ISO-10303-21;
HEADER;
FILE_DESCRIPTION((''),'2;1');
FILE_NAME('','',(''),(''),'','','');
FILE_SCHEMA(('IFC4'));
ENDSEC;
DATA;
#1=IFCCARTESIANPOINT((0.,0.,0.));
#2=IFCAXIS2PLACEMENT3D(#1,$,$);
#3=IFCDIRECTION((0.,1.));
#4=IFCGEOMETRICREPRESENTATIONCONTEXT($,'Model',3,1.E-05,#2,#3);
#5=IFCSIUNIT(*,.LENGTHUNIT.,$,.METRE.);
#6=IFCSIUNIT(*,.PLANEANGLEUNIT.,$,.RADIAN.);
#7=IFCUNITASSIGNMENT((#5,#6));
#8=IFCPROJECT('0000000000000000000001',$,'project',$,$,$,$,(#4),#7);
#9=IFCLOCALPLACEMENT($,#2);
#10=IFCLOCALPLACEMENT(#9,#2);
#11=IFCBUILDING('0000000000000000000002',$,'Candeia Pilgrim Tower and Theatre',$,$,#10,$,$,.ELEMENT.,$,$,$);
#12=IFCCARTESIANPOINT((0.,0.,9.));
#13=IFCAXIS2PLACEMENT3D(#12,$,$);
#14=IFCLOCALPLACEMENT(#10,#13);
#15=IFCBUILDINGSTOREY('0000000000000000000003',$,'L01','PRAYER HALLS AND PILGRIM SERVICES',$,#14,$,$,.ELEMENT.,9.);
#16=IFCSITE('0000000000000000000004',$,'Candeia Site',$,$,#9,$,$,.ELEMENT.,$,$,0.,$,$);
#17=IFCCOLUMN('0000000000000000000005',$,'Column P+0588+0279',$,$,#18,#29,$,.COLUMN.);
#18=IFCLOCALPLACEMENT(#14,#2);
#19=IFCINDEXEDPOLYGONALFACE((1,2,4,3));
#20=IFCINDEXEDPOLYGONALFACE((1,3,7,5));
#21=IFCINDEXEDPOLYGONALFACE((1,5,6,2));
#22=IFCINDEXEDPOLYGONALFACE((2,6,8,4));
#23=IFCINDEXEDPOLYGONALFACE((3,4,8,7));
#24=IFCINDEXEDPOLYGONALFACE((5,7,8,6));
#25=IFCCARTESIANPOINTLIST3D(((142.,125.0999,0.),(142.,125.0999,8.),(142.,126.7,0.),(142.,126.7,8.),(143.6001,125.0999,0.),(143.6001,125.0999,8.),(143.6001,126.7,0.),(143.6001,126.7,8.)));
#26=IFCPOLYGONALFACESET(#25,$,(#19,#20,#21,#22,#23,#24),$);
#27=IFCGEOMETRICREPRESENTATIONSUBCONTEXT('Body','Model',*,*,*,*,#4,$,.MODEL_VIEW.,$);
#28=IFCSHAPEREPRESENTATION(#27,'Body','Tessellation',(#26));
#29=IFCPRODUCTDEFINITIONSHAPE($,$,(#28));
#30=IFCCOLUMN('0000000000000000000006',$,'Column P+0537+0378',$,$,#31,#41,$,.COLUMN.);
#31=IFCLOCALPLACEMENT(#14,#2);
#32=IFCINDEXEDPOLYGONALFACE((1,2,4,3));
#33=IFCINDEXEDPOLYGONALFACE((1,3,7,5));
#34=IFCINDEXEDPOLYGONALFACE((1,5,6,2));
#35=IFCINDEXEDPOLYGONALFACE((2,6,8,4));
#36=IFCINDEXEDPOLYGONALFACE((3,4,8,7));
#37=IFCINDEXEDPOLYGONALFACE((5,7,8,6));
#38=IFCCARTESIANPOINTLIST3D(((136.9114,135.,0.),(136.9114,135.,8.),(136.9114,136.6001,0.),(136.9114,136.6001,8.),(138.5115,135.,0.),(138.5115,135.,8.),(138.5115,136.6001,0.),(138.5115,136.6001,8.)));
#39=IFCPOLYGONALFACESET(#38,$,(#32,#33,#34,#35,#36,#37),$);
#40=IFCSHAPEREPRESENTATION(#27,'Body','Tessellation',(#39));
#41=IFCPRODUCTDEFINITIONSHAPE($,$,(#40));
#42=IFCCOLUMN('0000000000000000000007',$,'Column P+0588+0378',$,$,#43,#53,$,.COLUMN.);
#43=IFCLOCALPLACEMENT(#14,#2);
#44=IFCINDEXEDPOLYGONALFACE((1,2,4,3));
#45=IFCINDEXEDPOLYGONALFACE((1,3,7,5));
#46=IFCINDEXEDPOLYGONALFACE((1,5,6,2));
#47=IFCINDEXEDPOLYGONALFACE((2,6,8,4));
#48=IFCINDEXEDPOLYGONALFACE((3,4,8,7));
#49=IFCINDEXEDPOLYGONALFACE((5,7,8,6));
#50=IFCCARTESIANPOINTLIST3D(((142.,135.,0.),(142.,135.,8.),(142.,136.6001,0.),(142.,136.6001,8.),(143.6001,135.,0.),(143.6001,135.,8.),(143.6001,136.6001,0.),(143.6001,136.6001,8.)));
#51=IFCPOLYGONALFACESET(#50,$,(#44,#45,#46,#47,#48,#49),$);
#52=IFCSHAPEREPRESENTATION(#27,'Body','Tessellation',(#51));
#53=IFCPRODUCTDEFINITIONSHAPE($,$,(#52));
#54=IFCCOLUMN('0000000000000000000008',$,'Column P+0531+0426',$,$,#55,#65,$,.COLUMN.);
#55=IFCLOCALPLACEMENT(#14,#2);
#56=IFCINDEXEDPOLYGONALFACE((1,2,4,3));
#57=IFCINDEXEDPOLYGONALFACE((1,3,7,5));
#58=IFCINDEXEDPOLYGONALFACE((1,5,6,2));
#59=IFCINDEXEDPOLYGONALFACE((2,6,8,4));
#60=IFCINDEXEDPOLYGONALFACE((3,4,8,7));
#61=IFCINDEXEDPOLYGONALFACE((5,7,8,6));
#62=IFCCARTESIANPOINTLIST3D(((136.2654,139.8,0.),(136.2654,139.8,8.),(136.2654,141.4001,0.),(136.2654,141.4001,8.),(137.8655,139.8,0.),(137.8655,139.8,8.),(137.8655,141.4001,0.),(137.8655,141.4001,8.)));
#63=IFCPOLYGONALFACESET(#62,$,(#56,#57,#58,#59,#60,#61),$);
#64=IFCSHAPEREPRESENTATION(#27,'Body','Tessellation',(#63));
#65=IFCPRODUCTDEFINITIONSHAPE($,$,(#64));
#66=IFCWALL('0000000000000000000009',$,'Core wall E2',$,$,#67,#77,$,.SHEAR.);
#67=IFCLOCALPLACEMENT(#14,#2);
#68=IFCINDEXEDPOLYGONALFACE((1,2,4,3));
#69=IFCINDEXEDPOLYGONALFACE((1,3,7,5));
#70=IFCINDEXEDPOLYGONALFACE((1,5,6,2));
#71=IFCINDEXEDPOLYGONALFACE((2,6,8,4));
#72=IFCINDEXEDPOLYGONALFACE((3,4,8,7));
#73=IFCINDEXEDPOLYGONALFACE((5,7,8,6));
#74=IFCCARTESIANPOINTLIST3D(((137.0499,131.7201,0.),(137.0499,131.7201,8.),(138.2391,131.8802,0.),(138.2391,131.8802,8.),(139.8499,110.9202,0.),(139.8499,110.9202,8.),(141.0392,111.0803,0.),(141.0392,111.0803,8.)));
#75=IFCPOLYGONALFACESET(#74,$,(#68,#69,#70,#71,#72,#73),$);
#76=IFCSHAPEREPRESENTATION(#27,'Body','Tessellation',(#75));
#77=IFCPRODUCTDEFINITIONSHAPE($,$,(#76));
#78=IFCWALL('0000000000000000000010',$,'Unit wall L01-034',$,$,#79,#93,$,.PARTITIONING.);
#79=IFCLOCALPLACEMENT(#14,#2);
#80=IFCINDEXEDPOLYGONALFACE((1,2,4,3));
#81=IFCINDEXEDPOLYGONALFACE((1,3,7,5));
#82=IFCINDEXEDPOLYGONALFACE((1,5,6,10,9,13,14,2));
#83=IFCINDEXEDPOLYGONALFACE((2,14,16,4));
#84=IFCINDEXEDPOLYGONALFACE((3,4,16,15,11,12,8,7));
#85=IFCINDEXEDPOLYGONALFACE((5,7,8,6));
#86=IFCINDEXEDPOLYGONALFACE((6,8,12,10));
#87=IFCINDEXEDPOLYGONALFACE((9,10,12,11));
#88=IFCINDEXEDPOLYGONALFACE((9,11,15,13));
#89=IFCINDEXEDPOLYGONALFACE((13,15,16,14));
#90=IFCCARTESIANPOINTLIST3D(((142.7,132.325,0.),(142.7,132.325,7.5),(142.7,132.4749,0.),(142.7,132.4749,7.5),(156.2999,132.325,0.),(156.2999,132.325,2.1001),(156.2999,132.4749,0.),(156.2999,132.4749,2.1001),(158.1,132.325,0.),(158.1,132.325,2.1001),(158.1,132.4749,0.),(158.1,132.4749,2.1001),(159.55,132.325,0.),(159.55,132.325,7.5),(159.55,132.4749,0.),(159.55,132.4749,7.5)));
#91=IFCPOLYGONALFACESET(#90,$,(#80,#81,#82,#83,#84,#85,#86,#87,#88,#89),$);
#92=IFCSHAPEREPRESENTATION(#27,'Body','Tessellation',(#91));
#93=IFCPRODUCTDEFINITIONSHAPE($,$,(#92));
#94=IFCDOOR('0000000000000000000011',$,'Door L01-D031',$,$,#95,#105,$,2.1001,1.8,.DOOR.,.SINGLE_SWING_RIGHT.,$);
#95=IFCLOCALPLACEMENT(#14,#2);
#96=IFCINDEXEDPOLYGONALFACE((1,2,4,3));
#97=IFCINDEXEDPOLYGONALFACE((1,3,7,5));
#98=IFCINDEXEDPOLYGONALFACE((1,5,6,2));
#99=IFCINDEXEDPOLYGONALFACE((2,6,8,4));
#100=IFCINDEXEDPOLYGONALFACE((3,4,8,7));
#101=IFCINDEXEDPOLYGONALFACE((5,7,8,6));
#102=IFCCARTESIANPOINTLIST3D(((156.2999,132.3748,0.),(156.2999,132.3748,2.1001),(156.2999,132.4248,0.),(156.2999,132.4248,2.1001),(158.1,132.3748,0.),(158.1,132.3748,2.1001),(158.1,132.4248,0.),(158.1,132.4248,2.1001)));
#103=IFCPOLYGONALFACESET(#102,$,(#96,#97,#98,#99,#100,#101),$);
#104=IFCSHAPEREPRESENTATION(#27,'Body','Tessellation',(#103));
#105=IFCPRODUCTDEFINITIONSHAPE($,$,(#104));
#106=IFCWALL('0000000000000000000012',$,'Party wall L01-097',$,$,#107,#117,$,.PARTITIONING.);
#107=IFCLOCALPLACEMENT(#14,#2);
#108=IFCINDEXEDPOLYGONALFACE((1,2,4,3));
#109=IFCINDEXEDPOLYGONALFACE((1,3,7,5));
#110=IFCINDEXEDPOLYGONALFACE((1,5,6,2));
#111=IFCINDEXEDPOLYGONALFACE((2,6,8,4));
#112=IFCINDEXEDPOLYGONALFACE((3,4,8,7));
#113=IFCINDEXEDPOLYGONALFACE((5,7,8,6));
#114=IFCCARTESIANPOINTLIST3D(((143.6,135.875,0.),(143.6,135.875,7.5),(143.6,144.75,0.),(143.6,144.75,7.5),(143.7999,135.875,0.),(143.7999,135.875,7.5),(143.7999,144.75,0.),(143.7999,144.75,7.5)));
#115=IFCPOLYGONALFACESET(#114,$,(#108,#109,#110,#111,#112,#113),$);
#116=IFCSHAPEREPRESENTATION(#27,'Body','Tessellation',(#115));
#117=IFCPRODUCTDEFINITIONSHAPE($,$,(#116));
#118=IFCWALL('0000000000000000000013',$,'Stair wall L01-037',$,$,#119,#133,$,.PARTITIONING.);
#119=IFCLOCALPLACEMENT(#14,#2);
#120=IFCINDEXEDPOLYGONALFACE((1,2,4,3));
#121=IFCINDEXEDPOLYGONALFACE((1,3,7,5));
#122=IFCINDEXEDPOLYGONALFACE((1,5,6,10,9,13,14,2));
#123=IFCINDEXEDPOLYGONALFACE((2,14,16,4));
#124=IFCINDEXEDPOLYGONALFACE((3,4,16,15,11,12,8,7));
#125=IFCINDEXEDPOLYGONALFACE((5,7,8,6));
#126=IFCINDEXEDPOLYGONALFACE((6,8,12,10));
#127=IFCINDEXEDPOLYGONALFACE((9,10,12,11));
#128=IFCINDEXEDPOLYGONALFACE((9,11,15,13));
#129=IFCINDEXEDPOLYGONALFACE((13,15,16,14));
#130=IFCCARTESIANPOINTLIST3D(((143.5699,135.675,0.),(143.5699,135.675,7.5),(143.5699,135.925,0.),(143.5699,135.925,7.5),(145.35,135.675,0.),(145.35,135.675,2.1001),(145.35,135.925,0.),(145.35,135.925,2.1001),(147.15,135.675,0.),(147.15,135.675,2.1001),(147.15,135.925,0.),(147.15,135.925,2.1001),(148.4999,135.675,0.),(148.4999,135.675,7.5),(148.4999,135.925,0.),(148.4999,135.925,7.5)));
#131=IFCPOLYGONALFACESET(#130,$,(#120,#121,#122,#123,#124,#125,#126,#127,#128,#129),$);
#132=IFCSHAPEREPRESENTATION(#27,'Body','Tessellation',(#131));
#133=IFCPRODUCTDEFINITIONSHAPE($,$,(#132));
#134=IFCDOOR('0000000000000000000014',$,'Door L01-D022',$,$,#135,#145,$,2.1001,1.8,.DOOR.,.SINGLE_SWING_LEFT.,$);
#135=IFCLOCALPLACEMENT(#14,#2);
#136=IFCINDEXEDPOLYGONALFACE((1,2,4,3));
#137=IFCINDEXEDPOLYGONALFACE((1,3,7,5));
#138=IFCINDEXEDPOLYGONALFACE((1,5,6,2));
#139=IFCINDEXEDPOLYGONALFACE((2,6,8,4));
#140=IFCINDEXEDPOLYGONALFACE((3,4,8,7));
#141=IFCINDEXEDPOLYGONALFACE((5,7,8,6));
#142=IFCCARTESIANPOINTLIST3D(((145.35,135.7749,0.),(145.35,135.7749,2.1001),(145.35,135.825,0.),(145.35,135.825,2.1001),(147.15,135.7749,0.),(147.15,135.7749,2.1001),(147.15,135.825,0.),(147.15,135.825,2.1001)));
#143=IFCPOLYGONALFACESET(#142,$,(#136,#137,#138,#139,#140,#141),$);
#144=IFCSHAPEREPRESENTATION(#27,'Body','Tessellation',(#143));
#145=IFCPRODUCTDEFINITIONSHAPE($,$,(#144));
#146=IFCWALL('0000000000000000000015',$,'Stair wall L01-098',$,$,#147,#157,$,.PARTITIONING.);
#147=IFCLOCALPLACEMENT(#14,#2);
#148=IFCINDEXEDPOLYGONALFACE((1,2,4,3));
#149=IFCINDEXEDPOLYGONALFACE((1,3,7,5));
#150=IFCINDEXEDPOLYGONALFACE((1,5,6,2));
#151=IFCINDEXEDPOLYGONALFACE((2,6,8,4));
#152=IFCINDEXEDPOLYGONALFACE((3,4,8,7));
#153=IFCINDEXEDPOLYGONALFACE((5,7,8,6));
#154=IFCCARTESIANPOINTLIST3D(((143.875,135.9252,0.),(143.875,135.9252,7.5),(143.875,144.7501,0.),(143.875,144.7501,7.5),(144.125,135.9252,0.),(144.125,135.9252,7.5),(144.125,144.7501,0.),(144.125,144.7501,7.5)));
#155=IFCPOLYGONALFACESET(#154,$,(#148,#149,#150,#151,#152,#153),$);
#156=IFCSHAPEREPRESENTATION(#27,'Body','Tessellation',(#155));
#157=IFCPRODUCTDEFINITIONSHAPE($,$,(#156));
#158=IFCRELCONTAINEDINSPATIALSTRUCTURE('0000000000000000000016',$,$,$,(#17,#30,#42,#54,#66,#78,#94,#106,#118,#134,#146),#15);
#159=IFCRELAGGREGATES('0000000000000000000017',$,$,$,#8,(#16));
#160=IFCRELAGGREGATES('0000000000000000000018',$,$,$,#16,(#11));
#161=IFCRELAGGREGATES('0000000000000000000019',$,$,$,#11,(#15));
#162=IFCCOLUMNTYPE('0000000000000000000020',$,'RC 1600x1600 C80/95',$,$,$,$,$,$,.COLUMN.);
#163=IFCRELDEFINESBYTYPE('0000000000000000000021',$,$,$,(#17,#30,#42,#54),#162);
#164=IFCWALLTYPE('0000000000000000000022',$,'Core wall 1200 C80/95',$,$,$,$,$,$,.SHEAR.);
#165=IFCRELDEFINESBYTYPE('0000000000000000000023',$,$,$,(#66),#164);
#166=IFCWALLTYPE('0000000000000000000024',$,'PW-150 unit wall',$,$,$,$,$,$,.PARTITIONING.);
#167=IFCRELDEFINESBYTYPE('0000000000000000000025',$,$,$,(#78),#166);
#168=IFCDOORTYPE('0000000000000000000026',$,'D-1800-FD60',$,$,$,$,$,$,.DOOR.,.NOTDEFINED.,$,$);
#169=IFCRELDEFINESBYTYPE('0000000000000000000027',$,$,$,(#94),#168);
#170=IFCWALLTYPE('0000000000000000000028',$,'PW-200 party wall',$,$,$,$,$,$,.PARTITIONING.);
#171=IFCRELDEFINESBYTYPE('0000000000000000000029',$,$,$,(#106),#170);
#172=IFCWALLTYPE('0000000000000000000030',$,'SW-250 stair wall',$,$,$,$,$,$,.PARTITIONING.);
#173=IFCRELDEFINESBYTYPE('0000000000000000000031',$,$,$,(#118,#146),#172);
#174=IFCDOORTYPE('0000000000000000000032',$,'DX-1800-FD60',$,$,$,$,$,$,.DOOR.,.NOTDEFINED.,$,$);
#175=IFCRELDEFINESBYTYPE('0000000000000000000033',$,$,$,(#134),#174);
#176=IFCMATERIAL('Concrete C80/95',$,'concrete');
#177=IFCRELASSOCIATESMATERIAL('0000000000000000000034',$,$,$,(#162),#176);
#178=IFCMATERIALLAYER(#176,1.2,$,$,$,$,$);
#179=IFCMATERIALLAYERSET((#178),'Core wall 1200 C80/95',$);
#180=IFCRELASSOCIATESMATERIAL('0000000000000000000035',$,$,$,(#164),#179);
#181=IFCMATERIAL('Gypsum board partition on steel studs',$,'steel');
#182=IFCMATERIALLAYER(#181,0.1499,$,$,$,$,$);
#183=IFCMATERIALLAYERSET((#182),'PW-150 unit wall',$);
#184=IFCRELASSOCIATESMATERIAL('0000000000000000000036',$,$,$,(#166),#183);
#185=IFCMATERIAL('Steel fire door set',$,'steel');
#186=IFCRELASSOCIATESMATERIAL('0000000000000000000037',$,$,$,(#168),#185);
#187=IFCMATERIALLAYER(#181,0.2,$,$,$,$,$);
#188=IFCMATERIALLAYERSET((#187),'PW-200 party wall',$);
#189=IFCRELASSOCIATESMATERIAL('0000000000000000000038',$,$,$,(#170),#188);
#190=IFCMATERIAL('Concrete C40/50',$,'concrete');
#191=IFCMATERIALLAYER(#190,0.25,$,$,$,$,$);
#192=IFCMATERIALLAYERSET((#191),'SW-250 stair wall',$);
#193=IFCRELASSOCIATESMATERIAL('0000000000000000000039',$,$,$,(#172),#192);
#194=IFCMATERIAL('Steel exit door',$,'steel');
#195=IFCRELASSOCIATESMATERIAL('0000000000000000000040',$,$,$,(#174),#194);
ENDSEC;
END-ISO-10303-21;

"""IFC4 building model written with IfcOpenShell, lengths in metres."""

from ifc_helpers import new_model, si_unit, direction, frame, frame_2d, origin, origin_2d, place, context, subcontext, project, spatial, rectangle, extrude, material, layer, layer_set, material_profile, profile_set, type_object, element, fill, save


model = new_model("IFC4")

# Units and contexts
model_context = context("Model", 3, precision=1e-05, world=origin(), true_north=direction((0.0, 1.0)))
body_context = subcontext(model_context, "Body", "Model", "MODEL_VIEW")
ifc_project = project(units=[si_unit("LENGTHUNIT", "METRE"), si_unit("PLANEANGLEUNIT", "RADIAN")], contexts=[model_context])

# Site, building, storey
site_placement = place(None, origin())
site = spatial("IfcSite", under=ifc_project, at=site_placement, Name="Candeia Site", CompositionType="ELEMENT", RefElevation=0.0)
building_placement = place(site_placement, origin())
building = spatial("IfcBuilding", under=site, at=building_placement, Name="Candeia Pilgrim Tower and Theatre", CompositionType="ELEMENT")
storey_placement = place(building_placement, frame((0.0, 0.0, 9.0)))
storey = spatial("IfcBuildingStorey", under=building, at=storey_placement, Name="L01", Description="PRAYER HALLS AND PILGRIM SERVICES", CompositionType="ELEMENT", Elevation=9.0)

# Columns
ifc_material_1 = material(Name="Concrete C80/95", Category="concrete")
ifc_material_profile = material_profile(ifc_material_1, rectangle(XDim=1.6001, YDim=1.6001, at=origin_2d()))
ifc_profile_set = profile_set([ifc_material_profile], Name="Concrete C80/95")
column_type = type_object("IfcColumnType", Name="RC 1600x1600 C80/95", PredefinedType="COLUMN", material=ifc_profile_set)
for number, where, z_axis, x_axis, name in (
    (1, (142.8, 125.8999, 0.0), (0.0, 0.0, 1.0), (1.0, 0.0, 0.0), "Column P+0588+0279"),
    (2, (137.7114, 135.8, 0.0), (0.0, 0.0, 1.0), (1.0, 0.0, 0.0), "Column P+0537+0378"),
    (3, (142.8, 135.8, 0.0), (0.0, 0.0, 1.0), (1.0, 0.0, 0.0), "Column P+0588+0378"),
    (4, (137.0654, 140.6001, 0.0), (0.0, 0.0, 1.0), (1.0, 0.0, 0.0), "Column P+0531+0426"),
):
    element("IfcColumn", number, at=place(storey_placement, frame(where, z_axis=z_axis, x_axis=x_axis)), inside=storey, type_object=column_type, Name=name, PredefinedType="COLUMN", context=body_context, shape_type="SweptSolid", body=[
        extrude(rectangle(XDim=1.6001, YDim=1.6001, at=origin_2d()), origin(), (0.0, 0.0, 1.0), 8.0),
    ])

# Wall
ifc_layer_1 = layer(ifc_material_1, 1.2)
ifc_layer_set_1 = layer_set([ifc_layer_1], Name="Core wall 1200 C80/95")
wall_type_1 = type_object("IfcWallType", Name="Core wall 1200 C80/95", PredefinedType="SHEAR", material=ifc_layer_set_1)
wall_1_placement = place(storey_placement, frame((137.6445, 131.8, 0.0), z_axis=(0.0, 0.0, 1.0), x_axis=(0.133414, -0.99106, 0.0)))
element("IfcWall", 5, at=wall_1_placement, inside=storey, type_object=wall_type_1, Name="Core wall E2", PredefinedType="SHEAR", context=body_context, shape_type="SweptSolid", body=[
    extrude(rectangle(XDim=20.9875, YDim=1.2, at=frame_2d((10.4937, 0.0))), origin(), (0.0, 0.0, 1.0), 8.0),
])

# Wall, opening, door
ifc_material_2 = material(Name="Gypsum board partition on steel studs", Category="steel")
ifc_layer_2 = layer(ifc_material_2, 0.1499)
ifc_layer_set_2 = layer_set([ifc_layer_2], Name="PW-150 unit wall")
wall_type_2 = type_object("IfcWallType", Name="PW-150 unit wall", PredefinedType="PARTITIONING", material=ifc_layer_set_2)
wall_2_placement = place(storey_placement, frame((142.7, 132.3999, 0.0), z_axis=(0.0, 0.0, 1.0), x_axis=(1.0, 0.0, 0.0)))
wall_2 = element("IfcWall", 6, at=wall_2_placement, inside=storey, type_object=wall_type_2, Name="Unit wall L01-034", PredefinedType="PARTITIONING", context=body_context, shape_type="SweptSolid", body=[
    extrude(rectangle(XDim=16.8501, YDim=0.1499, at=frame_2d((8.425, 0.0))), origin(), (0.0, 0.0, 1.0), 7.5),
])
opening_1_placement = place(wall_2_placement, frame((13.6001, 0.0, 0.0)))
opening_1 = element("IfcOpeningElement", 7, at=opening_1_placement, cuts=wall_2, PredefinedType="OPENING", context=body_context, shape_type="SweptSolid", body=[
    extrude(rectangle(XDim=1.8, YDim=2.1001, at=frame_2d((0.8999, 1.05))), frame((0.0, 0.085, 0.0), z_axis=(0.0, -1.0, 0.0), x_axis=(1.0, 0.0, 0.0)), (0.0, 0.0, 1.0), 0.1699),
])
ifc_material_3 = material(Name="Steel fire door set", Category="steel")
door_type_1 = type_object("IfcDoorType", Name="D-1800-FD60", OperationType="NOTDEFINED", PredefinedType="DOOR", material=ifc_material_3)
door_1_placement = place(opening_1_placement, origin())
door_1 = element("IfcDoor", 8, at=door_1_placement, inside=storey, type_object=door_type_1, Name="Door L01-D031", OperationType="SINGLE_SWING_RIGHT", OverallHeight=2.1001, OverallWidth=1.8, PredefinedType="DOOR", context=body_context, shape_type="SweptSolid", body=[
    extrude(rectangle(XDim=1.8, YDim=2.1001, at=frame_2d((0.8999, 1.05))), frame((0.0, 0.0249, 0.0), z_axis=(0.0, -1.0, 0.0), x_axis=(1.0, 0.0, 0.0)), (0.0, 0.0, 1.0), 0.05),
])
fill(opening_1, door_1)

# Wall
ifc_layer_3 = layer(ifc_material_2, 0.2)
ifc_layer_set_3 = layer_set([ifc_layer_3], Name="PW-200 party wall")
wall_type_3 = type_object("IfcWallType", Name="PW-200 party wall", PredefinedType="PARTITIONING", material=ifc_layer_set_3)
wall_3_placement = place(storey_placement, frame((143.7, 135.875, 0.0), z_axis=(0.0, 0.0, 1.0), x_axis=(0.0, 1.0, 0.0)))
element("IfcWall", 9, at=wall_3_placement, inside=storey, type_object=wall_type_3, Name="Party wall L01-097", PredefinedType="PARTITIONING", context=body_context, shape_type="SweptSolid", body=[
    extrude(rectangle(XDim=8.875, YDim=0.2, at=frame_2d((4.4375, 0.0))), origin(), (0.0, 0.0, 1.0), 7.5),
])

# Wall, opening, door
ifc_material_4 = material(Name="Concrete C40/50", Category="concrete")
ifc_layer_4 = layer(ifc_material_4, 0.25)
ifc_layer_set_4 = layer_set([ifc_layer_4], Name="SW-250 stair wall")
wall_type_4 = type_object("IfcWallType", Name="SW-250 stair wall", PredefinedType="PARTITIONING", material=ifc_layer_set_4)
wall_4_placement = place(storey_placement, frame((143.5701, 135.8, 0.0), z_axis=(0.0, 0.0, 1.0), x_axis=(1.0, 0.0, 0.0)))
wall_4 = element("IfcWall", 10, at=wall_4_placement, inside=storey, type_object=wall_type_4, Name="Stair wall L01-037", PredefinedType="PARTITIONING", context=body_context, shape_type="SweptSolid", body=[
    extrude(rectangle(XDim=4.9299, YDim=0.25, at=frame_2d((2.4648, 0.0))), origin(), (0.0, 0.0, 1.0), 7.5),
])
opening_2_placement = place(wall_4_placement, frame((1.78, 0.0, 0.0)))
opening_2 = element("IfcOpeningElement", 11, at=opening_2_placement, cuts=wall_4, PredefinedType="OPENING", context=body_context, shape_type="SweptSolid", body=[
    extrude(rectangle(XDim=1.8, YDim=2.1001, at=frame_2d((0.8999, 1.05))), frame((0.0, 0.135, 0.0), z_axis=(0.0, -1.0, 0.0), x_axis=(1.0, 0.0, 0.0)), (0.0, 0.0, 1.0), 0.27),
])
ifc_material_5 = material(Name="Steel exit door", Category="steel")
door_type_2 = type_object("IfcDoorType", Name="DX-1800-FD60", OperationType="NOTDEFINED", PredefinedType="DOOR", material=ifc_material_5)
door_2_placement = place(opening_2_placement, origin())
door_2 = element("IfcDoor", 12, at=door_2_placement, inside=storey, type_object=door_type_2, Name="Door L01-D022", OperationType="SINGLE_SWING_LEFT", OverallHeight=2.1001, OverallWidth=1.8, PredefinedType="DOOR", context=body_context, shape_type="SweptSolid", body=[
    extrude(rectangle(XDim=1.8, YDim=2.1001, at=frame_2d((0.8999, 1.05))), frame((0.0, 0.0249, 0.0), z_axis=(0.0, -1.0, 0.0), x_axis=(1.0, 0.0, 0.0)), (0.0, 0.0, 1.0), 0.05),
])
fill(opening_2, door_2)

# Wall
wall_5_placement = place(storey_placement, frame((144.0, 135.925, 0.0), z_axis=(0.0, 0.0, 1.0), x_axis=(0.0, 1.0, 0.0)))
element("IfcWall", 13, at=wall_5_placement, inside=storey, type_object=wall_type_4, Name="Stair wall L01-098", PredefinedType="PARTITIONING", context=body_context, shape_type="SweptSolid", body=[
    extrude(rectangle(XDim=8.825, YDim=0.25, at=frame_2d((4.4126, 0.0))), origin(), (0.0, 0.0, 1.0), 7.5),
])

save(model, "model.ifc")
